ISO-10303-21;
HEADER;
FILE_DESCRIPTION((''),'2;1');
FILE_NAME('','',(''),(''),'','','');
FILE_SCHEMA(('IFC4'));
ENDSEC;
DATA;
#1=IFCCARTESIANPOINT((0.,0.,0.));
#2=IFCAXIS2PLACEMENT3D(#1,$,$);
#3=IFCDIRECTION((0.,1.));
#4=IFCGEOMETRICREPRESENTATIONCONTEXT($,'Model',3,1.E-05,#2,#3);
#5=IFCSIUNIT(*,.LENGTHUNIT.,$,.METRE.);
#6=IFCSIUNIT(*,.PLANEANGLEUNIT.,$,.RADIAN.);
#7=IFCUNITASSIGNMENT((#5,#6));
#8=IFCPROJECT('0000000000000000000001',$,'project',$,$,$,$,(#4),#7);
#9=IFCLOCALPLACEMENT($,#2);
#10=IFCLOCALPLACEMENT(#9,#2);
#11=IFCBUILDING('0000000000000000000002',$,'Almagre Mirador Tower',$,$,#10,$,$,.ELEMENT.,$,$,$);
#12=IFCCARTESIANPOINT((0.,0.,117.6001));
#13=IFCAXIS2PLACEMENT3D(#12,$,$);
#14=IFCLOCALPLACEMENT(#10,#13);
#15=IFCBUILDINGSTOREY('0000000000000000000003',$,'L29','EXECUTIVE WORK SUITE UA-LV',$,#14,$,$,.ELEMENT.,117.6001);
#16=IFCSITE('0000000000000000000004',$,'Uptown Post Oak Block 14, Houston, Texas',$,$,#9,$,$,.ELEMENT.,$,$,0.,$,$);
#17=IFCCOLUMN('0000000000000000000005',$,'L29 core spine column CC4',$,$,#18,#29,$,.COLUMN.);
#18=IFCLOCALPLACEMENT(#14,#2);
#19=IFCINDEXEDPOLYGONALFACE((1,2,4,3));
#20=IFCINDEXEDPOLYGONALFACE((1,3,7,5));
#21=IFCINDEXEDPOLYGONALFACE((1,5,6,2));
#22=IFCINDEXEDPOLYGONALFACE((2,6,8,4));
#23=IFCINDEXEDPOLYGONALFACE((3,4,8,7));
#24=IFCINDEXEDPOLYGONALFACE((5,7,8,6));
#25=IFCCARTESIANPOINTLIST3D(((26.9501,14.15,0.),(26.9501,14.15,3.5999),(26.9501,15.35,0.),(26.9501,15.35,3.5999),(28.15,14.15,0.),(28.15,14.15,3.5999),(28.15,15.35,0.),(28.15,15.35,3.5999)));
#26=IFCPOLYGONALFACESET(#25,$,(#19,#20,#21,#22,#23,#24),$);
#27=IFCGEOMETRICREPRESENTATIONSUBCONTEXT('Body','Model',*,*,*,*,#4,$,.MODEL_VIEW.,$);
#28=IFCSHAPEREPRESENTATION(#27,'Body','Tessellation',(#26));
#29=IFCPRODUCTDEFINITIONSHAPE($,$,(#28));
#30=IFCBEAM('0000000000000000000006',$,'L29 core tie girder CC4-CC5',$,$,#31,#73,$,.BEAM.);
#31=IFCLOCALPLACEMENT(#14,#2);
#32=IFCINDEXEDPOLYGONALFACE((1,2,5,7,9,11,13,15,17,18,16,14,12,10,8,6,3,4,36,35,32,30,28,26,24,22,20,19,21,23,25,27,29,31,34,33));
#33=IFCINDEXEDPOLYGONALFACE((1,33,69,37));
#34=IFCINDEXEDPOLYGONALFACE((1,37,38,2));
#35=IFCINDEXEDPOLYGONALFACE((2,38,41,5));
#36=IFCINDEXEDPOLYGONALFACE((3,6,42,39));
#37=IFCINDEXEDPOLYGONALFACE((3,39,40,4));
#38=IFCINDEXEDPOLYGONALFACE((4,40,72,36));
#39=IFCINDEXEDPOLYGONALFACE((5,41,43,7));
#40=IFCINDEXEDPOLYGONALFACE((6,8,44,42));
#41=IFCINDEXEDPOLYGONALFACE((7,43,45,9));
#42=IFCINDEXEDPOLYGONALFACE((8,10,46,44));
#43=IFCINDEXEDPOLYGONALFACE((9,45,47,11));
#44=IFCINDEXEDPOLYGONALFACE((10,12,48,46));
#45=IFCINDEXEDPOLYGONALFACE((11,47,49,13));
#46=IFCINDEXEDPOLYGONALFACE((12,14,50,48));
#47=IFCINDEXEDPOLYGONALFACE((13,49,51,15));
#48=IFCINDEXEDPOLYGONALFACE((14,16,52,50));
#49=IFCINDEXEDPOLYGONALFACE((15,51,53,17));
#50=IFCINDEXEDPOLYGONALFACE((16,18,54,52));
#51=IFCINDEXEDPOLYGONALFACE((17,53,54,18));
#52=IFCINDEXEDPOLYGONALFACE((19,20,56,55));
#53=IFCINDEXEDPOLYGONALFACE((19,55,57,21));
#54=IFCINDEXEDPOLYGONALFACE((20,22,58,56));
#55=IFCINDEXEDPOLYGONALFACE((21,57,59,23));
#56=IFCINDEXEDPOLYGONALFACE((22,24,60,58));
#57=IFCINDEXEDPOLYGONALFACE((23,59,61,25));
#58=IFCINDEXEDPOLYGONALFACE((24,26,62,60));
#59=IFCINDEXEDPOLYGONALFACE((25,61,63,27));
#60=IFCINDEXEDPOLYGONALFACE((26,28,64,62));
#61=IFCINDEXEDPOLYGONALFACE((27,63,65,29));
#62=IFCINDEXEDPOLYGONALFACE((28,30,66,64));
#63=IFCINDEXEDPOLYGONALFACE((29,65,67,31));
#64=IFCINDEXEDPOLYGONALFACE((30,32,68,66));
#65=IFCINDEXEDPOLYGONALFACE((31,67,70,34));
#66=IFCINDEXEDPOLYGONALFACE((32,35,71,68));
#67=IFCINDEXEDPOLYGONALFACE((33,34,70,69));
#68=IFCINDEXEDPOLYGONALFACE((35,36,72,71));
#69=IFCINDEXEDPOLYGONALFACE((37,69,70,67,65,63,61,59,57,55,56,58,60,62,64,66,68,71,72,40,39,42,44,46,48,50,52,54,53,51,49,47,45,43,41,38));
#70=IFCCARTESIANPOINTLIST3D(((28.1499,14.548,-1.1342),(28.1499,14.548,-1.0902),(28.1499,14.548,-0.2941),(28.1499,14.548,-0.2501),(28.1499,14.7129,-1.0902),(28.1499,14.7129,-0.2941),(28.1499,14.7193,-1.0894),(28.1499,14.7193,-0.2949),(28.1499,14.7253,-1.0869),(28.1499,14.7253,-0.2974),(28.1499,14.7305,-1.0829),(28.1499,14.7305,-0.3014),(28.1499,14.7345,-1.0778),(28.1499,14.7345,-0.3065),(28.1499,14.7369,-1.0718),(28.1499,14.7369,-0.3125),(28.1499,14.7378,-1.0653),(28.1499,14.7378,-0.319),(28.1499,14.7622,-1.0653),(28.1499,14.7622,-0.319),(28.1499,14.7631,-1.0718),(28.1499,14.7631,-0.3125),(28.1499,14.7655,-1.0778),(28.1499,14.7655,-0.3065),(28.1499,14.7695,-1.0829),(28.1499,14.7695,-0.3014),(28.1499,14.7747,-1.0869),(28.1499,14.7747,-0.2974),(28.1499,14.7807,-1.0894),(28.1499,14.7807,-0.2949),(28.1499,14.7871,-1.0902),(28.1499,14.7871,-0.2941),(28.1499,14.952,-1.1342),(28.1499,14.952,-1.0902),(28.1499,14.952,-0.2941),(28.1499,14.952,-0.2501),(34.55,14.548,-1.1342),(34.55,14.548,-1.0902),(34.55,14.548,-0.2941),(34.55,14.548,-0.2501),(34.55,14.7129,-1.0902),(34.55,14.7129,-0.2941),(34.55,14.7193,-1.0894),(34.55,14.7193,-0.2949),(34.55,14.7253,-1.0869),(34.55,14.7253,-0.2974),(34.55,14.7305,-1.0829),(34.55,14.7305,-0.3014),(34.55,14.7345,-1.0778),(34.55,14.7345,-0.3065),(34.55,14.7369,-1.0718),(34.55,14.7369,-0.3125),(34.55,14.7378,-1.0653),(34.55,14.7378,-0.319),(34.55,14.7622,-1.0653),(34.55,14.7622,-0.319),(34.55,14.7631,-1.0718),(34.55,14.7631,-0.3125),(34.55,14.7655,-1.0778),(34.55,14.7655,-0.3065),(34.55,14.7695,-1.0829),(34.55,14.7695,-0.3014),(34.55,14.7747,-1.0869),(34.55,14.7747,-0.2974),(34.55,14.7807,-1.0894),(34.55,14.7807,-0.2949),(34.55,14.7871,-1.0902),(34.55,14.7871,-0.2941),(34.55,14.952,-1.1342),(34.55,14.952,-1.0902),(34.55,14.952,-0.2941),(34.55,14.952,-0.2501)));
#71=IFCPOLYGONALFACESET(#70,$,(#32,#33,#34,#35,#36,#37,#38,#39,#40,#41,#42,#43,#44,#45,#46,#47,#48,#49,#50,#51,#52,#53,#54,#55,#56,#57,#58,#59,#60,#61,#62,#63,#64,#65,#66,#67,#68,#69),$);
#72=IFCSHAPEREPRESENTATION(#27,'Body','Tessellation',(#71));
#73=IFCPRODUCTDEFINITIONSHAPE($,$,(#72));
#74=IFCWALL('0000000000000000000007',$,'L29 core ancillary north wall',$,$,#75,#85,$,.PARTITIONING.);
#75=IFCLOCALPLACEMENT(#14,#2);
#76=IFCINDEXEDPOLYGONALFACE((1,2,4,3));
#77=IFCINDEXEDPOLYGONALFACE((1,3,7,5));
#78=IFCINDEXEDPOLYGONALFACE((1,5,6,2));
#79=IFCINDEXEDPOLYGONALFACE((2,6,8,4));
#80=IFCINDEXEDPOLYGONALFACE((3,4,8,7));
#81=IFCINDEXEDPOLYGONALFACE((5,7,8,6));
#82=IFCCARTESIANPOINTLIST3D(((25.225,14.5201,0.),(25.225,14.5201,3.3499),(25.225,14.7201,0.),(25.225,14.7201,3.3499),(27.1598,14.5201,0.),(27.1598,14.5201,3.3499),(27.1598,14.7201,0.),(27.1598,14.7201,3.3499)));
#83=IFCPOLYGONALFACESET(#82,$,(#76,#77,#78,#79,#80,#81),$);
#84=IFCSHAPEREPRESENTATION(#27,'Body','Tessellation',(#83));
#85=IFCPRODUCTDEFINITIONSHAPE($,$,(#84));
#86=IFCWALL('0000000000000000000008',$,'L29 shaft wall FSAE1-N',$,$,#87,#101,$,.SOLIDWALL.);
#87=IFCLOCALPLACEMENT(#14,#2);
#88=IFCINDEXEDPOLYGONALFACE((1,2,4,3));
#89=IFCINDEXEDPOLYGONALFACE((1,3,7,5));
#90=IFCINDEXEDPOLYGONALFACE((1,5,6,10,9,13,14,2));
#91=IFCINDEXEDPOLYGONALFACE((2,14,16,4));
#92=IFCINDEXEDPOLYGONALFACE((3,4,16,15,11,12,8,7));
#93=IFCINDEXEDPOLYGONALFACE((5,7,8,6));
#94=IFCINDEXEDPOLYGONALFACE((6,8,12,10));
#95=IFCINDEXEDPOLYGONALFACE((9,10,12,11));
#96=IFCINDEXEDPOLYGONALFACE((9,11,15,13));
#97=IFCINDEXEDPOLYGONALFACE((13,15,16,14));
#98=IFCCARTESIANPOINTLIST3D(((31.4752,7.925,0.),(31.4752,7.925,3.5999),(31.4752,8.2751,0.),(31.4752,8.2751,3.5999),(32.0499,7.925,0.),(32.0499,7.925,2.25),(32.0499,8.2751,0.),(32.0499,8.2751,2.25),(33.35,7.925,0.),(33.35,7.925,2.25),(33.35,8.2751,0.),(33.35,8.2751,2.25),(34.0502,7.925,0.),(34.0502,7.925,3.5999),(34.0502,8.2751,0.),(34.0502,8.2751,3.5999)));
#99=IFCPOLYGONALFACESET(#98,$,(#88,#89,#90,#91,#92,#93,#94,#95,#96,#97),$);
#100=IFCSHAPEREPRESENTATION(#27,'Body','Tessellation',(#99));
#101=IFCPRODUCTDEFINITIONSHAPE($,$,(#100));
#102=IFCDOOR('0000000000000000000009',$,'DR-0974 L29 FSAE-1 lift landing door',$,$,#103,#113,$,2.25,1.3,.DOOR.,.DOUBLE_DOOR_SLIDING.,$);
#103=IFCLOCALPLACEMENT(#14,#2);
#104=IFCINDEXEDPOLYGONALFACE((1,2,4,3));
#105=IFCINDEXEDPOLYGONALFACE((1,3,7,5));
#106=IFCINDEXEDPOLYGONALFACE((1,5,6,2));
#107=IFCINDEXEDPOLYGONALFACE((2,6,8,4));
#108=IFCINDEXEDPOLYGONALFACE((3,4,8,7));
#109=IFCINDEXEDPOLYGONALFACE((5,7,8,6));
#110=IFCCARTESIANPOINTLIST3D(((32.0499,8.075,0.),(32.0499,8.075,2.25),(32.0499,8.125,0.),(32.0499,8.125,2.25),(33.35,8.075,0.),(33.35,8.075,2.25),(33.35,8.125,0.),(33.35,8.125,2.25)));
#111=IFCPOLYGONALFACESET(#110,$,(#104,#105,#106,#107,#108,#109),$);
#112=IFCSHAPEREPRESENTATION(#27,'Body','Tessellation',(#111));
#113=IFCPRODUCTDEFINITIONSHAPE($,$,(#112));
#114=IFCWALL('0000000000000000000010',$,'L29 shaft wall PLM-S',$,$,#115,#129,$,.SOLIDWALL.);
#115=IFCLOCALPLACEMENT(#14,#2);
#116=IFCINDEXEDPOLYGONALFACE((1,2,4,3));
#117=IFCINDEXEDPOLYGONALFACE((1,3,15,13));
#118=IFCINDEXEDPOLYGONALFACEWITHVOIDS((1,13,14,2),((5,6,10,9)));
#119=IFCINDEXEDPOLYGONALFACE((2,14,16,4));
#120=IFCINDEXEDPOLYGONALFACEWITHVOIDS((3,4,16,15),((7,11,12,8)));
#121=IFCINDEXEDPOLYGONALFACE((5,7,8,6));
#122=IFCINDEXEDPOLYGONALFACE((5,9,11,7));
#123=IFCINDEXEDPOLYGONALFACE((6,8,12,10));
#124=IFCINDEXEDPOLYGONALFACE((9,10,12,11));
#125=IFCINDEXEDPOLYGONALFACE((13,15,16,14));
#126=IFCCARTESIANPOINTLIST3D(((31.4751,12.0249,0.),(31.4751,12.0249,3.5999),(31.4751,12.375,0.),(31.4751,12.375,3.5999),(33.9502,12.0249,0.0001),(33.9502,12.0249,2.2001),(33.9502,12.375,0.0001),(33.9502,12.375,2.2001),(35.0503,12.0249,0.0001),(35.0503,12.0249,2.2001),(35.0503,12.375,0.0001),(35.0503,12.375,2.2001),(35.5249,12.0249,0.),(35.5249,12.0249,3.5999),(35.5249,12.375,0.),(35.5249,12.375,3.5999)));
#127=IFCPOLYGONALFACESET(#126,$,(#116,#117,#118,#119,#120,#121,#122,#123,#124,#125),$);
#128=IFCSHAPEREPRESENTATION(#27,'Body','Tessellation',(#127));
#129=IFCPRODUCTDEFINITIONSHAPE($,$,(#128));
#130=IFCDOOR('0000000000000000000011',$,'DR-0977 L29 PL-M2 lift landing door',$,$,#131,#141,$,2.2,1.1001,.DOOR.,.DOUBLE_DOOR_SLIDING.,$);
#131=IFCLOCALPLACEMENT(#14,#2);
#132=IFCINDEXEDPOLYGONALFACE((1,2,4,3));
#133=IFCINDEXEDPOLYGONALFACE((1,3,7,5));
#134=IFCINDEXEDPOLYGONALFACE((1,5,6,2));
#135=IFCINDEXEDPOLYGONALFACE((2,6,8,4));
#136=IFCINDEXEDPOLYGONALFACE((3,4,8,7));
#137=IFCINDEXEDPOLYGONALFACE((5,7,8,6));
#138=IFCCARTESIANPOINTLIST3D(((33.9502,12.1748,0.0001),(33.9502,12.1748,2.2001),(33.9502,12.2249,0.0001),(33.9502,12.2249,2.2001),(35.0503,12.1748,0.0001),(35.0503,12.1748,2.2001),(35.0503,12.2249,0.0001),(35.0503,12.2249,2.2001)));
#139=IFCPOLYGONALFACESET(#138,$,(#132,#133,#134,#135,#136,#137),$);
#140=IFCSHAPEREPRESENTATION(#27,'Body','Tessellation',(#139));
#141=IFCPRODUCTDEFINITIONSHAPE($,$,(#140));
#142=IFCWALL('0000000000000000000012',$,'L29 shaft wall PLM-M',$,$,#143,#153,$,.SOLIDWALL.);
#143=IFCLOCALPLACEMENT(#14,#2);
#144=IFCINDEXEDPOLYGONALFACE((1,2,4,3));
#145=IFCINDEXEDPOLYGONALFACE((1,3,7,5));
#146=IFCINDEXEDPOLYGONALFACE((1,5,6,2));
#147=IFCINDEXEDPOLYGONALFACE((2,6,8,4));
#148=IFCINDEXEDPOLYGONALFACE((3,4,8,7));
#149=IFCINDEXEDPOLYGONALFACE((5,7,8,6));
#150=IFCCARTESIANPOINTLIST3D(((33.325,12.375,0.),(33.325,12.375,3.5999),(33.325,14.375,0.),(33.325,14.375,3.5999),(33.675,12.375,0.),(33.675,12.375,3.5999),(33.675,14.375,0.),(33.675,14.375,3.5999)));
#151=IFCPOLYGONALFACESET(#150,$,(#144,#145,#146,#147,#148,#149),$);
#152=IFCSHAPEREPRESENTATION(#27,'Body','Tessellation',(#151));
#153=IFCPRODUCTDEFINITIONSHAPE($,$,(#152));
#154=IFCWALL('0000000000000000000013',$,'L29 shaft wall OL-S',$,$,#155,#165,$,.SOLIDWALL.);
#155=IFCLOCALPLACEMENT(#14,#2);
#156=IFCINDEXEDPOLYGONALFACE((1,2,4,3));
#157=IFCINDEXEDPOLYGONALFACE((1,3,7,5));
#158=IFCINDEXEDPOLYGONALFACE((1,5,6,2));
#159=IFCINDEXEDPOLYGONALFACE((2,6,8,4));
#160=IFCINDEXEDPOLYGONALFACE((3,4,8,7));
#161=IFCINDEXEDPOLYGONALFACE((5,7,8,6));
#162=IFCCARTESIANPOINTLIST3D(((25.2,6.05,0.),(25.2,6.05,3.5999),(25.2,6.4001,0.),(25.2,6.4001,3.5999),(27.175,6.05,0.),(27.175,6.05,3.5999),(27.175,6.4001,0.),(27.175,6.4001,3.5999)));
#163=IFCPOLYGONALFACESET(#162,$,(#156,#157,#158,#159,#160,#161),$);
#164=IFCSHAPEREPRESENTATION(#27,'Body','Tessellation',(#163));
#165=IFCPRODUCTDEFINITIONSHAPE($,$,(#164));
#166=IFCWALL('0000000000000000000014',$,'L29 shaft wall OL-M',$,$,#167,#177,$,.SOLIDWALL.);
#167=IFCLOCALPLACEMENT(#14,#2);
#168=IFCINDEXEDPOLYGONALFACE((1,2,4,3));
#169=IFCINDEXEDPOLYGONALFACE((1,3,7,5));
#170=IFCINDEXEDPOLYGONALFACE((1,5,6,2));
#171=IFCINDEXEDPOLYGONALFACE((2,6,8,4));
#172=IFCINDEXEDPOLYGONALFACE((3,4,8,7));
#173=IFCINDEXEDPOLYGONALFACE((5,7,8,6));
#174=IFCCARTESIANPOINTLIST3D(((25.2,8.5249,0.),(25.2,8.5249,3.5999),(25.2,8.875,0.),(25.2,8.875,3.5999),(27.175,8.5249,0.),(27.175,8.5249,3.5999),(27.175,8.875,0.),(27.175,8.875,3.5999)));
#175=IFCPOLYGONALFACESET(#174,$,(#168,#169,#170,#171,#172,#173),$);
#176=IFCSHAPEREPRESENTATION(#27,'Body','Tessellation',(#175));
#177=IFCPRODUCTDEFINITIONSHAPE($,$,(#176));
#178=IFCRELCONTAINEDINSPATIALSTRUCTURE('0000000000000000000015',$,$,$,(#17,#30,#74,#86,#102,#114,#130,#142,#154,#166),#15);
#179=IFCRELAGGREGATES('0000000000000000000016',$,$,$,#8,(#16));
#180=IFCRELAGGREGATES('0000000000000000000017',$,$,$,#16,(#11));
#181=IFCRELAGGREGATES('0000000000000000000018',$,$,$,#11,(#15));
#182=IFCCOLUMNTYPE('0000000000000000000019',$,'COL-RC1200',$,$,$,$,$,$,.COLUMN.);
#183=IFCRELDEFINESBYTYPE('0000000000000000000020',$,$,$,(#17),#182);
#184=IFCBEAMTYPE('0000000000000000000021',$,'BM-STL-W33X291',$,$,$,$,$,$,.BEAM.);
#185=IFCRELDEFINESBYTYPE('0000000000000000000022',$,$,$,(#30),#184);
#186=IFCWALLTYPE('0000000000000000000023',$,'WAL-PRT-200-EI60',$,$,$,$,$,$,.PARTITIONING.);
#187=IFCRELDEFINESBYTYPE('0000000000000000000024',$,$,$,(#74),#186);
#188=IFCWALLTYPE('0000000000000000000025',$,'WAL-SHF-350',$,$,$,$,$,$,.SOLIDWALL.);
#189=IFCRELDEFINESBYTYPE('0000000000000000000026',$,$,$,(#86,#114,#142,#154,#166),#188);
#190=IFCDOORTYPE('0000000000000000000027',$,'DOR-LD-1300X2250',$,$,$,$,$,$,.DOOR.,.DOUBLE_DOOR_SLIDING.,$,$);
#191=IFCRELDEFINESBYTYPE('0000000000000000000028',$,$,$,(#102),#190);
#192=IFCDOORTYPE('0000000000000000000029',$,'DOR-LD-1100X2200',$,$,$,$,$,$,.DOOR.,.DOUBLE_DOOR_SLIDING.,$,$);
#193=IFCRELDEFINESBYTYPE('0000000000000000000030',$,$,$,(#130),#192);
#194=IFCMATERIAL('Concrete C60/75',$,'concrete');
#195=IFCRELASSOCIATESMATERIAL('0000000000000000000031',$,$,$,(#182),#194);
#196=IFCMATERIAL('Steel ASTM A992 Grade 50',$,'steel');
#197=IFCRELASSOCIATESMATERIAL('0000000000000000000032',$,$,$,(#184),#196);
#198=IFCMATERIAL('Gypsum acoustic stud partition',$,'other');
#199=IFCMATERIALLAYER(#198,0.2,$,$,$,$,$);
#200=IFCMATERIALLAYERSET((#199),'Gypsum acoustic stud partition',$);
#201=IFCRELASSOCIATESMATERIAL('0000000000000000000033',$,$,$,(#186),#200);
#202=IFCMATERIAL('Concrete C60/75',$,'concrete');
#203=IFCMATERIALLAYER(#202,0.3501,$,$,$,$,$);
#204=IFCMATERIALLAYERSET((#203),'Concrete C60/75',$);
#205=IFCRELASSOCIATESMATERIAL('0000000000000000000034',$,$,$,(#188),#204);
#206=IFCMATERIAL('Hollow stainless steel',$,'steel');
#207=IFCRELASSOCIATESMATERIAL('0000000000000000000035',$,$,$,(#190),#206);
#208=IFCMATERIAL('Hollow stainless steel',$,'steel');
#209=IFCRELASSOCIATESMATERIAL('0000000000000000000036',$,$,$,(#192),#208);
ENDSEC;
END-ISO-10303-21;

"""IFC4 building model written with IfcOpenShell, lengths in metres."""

from ifc_helpers import new_model, si_unit, direction, frame, frame_2d, origin, origin_2d, place, context, subcontext, project, spatial, rectangle, i_section, extrude, material, layer, layer_set, material_profile, profile_set, type_object, element, fill, save


model = new_model("IFC4")

# Units and contexts
model_context = context("Model", 3, precision=1e-05, world=origin(), true_north=direction((0.0, 1.0)))
body_context = subcontext(model_context, "Body", "Model", "MODEL_VIEW")
ifc_project = project(units=[si_unit("LENGTHUNIT", "METRE"), si_unit("PLANEANGLEUNIT", "RADIAN")], contexts=[model_context])

# Site, building, storey
site_placement = place(None, origin())
site = spatial("IfcSite", under=ifc_project, at=site_placement, Name="Uptown Post Oak Block 14, Houston, Texas", CompositionType="ELEMENT", RefElevation=0.0)
building_placement = place(site_placement, origin())
building = spatial("IfcBuilding", under=site, at=building_placement, Name="Almagre Mirador Tower", CompositionType="ELEMENT")
storey_placement = place(building_placement, frame((0.0, 0.0, 117.6001)))
storey = spatial("IfcBuildingStorey", under=building, at=storey_placement, Name="L29", Description="EXECUTIVE WORK SUITE UA-LV", CompositionType="ELEMENT", Elevation=117.6001)

# Column
ifc_material_1 = material(Name="Concrete C60/75", Category="concrete")
ifc_material_profile_1 = material_profile(ifc_material_1, rectangle(XDim=1.2, YDim=1.2, at=origin_2d()), Name="RC1200X1200")
ifc_profile_set_1 = profile_set([ifc_material_profile_1], Name="Concrete C60/75")
column_type = type_object("IfcColumnType", Name="COL-RC1200", PredefinedType="COLUMN", material=ifc_profile_set_1)
column_placement = place(storey_placement, frame((27.55, 14.75, 0.0), z_axis=(0.0, 0.0, 1.0), x_axis=(1.0, 0.0, 0.0)))
element("IfcColumn", 1, at=column_placement, inside=storey, type_object=column_type, Name="L29 core spine column CC4", PredefinedType="COLUMN", context=body_context, shape_type="SweptSolid", body=[
    extrude(rectangle(XDim=1.2, YDim=1.2, at=origin_2d()), origin(), (0.0, 0.0, 1.0), 3.5999),
])

# Beam
ifc_material_2 = material(Name="Steel ASTM A992 Grade 50", Category="steel")
ifc_material_profile_2 = material_profile(ifc_material_2, i_section(OverallWidth=0.4041, OverallDepth=0.884, WebThickness=0.0244, FlangeThickness=0.0439, FilletRadius=0.0249, at=origin_2d()), Name="W33X291")
ifc_profile_set_2 = profile_set([ifc_material_profile_2], Name="Steel ASTM A992 Grade 50")
beam_type = type_object("IfcBeamType", Name="BM-STL-W33X291", PredefinedType="BEAM", material=ifc_profile_set_2)
beam_placement = place(storey_placement, frame((28.1499, 14.75, -0.6921), z_axis=(1.0, 0.0, 0.0), x_axis=(0.0, 1.0, 0.0)))
element("IfcBeam", 2, at=beam_placement, inside=storey, type_object=beam_type, Name="L29 core tie girder CC4-CC5", PredefinedType="BEAM", context=body_context, shape_type="SweptSolid", body=[
    extrude(i_section(OverallWidth=0.4041, OverallDepth=0.884, WebThickness=0.0244, FlangeThickness=0.0439, FilletRadius=0.0249, at=origin_2d()), origin(), (0.0, 0.0, 1.0), 6.4001),
])

# Wall
ifc_material_3 = material(Name="Gypsum acoustic stud partition", Category="other")
ifc_layer_1 = layer(ifc_material_3, 0.2)
ifc_layer_set_1 = layer_set([ifc_layer_1], Name="Gypsum acoustic stud partition")
wall_type_1 = type_object("IfcWallType", Name="WAL-PRT-200-EI60", PredefinedType="PARTITIONING", material=ifc_layer_set_1)
wall_1_placement = place(storey_placement, frame((25.2251, 14.6201, 0.0), z_axis=(0.0, 0.0, 1.0), x_axis=(1.0, 0.0, 0.0)))
element("IfcWall", 3, at=wall_1_placement, inside=storey, type_object=wall_type_1, Name="L29 core ancillary north wall", PredefinedType="PARTITIONING", context=body_context, shape_type="SweptSolid", body=[
    extrude(rectangle(XDim=1.9348, YDim=0.2, at=frame_2d((0.9673, 0.0))), origin(), (0.0, 0.0, 1.0), 3.3499),
])

# Walls, openings, doors
ifc_material_4 = material(Name="Concrete C60/75", Category="concrete")
ifc_layer_2 = layer(ifc_material_4, 0.3501)
ifc_layer_set_2 = layer_set([ifc_layer_2], Name="Concrete C60/75")
wall_type_2 = type_object("IfcWallType", Name="WAL-SHF-350", PredefinedType="SOLIDWALL", material=ifc_layer_set_2)
wall_2_placement = place(storey_placement, frame((31.4751, 8.1001, 0.0), z_axis=(0.0, 0.0, 1.0), x_axis=(1.0, 0.0, 0.0)))
wall_2 = element("IfcWall", 4, at=wall_2_placement, inside=storey, type_object=wall_type_2, Name="L29 shaft wall FSAE1-N", PredefinedType="SOLIDWALL", context=body_context, shape_type="SweptSolid", body=[
    extrude(rectangle(XDim=2.575, YDim=0.3501, at=frame_2d((1.2876, 0.0))), origin(), (0.0, 0.0, 1.0), 3.5999),
])
opening_1_placement = place(wall_2_placement, frame((0.575, 0.0, 0.0)))
opening_1 = element("IfcOpeningElement", 5, at=opening_1_placement, cuts=wall_2, PredefinedType="OPENING", context=body_context, shape_type="SweptSolid", body=[
    extrude(rectangle(XDim=1.3, YDim=2.25, at=frame_2d((0.6499, 1.125))), frame((0.0, 0.185, 0.0), z_axis=(0.0, -1.0, 0.0), x_axis=(1.0, 0.0, 0.0)), (0.0, 0.0, 1.0), 0.3701),
])
ifc_material_5 = material(Name="Hollow stainless steel", Category="steel")
door_type_1 = type_object("IfcDoorType", Name="DOR-LD-1300X2250", OperationType="DOUBLE_DOOR_SLIDING", PredefinedType="DOOR", material=ifc_material_5)
door_1_placement = place(opening_1_placement, origin())
door_1 = element("IfcDoor", 6, at=door_1_placement, inside=storey, type_object=door_type_1, Name="DR-0974 L29 FSAE-1 lift landing door", OperationType="DOUBLE_DOOR_SLIDING", OverallHeight=2.25, OverallWidth=1.3, PredefinedType="DOOR", context=body_context, shape_type="SweptSolid", body=[
    extrude(rectangle(XDim=1.3, YDim=2.25, at=frame_2d((0.6499, 1.125))), frame((0.0, 0.0249, 0.0), z_axis=(0.0, -1.0, 0.0), x_axis=(1.0, 0.0, 0.0)), (0.0, 0.0, 1.0), 0.05),
])
fill(opening_1, door_1)
wall_3_placement = place(storey_placement, frame((31.4751, 12.2, 0.0), z_axis=(0.0, 0.0, 1.0), x_axis=(1.0, 0.0, 0.0)))
wall_3 = element("IfcWall", 7, at=wall_3_placement, inside=storey, type_object=wall_type_2, Name="L29 shaft wall PLM-S", PredefinedType="SOLIDWALL", context=body_context, shape_type="SweptSolid", body=[
    extrude(rectangle(XDim=4.0498, YDim=0.3501, at=frame_2d((2.0249, 0.0))), origin(), (0.0, 0.0, 1.0), 3.5999),
])
opening_2_placement = place(wall_3_placement, frame((2.4751, 0.0, 0.0)))
opening_2 = element("IfcOpeningElement", 8, at=opening_2_placement, cuts=wall_3, PredefinedType="OPENING", context=body_context, shape_type="SweptSolid", body=[
    extrude(rectangle(XDim=1.1001, YDim=2.2, at=frame_2d((0.55, 1.1001))), frame((0.0, 0.185, 0.0), z_axis=(0.0, -1.0, 0.0), x_axis=(1.0, 0.0, 0.0)), (0.0, 0.0, 1.0), 0.3701),
])
ifc_material_6 = material(Name="Hollow stainless steel", Category="steel")
door_type_2 = type_object("IfcDoorType", Name="DOR-LD-1100X2200", OperationType="DOUBLE_DOOR_SLIDING", PredefinedType="DOOR", material=ifc_material_6)
door_2_placement = place(opening_2_placement, origin())
door_2 = element("IfcDoor", 9, at=door_2_placement, inside=storey, type_object=door_type_2, Name="DR-0977 L29 PL-M2 lift landing door", OperationType="DOUBLE_DOOR_SLIDING", OverallHeight=2.2, OverallWidth=1.1001, PredefinedType="DOOR", context=body_context, shape_type="SweptSolid", body=[
    extrude(rectangle(XDim=1.1001, YDim=2.2, at=frame_2d((0.55, 1.1001))), frame((0.0, 0.0249, 0.0), z_axis=(0.0, -1.0, 0.0), x_axis=(1.0, 0.0, 0.0)), (0.0, 0.0, 1.0), 0.05),
])
fill(opening_2, door_2)

# Walls
wall_4_placement = place(storey_placement, frame((33.5, 12.375, 0.0), z_axis=(0.0, 0.0, 1.0), x_axis=(0.0, 1.0, 0.0)))
element("IfcWall", 10, at=wall_4_placement, inside=storey, type_object=wall_type_2, Name="L29 shaft wall PLM-M", PredefinedType="SOLIDWALL", context=body_context, shape_type="SweptSolid", body=[
    extrude(rectangle(XDim=2.0, YDim=0.3501, at=frame_2d((1.0, 0.0))), origin(), (0.0, 0.0, 1.0), 3.5999),
])
for number, where, z_axis, x_axis, name in (
    (11, (25.2, 6.2251, 0.0), (0.0, 0.0, 1.0), (1.0, 0.0, 0.0), "L29 shaft wall OL-S"),
    (12, (25.2, 8.7, 0.0), (0.0, 0.0, 1.0), (1.0, 0.0, 0.0), "L29 shaft wall OL-M"),
):
    element("IfcWall", number, at=place(storey_placement, frame(where, z_axis=z_axis, x_axis=x_axis)), inside=storey, type_object=wall_type_2, Name=name, PredefinedType="SOLIDWALL", context=body_context, shape_type="SweptSolid", body=[
        extrude(rectangle(XDim=1.9751, YDim=0.3501, at=frame_2d((0.9875, 0.0))), origin(), (0.0, 0.0, 1.0), 3.5999),
    ])

save(model, "model.ifc")
